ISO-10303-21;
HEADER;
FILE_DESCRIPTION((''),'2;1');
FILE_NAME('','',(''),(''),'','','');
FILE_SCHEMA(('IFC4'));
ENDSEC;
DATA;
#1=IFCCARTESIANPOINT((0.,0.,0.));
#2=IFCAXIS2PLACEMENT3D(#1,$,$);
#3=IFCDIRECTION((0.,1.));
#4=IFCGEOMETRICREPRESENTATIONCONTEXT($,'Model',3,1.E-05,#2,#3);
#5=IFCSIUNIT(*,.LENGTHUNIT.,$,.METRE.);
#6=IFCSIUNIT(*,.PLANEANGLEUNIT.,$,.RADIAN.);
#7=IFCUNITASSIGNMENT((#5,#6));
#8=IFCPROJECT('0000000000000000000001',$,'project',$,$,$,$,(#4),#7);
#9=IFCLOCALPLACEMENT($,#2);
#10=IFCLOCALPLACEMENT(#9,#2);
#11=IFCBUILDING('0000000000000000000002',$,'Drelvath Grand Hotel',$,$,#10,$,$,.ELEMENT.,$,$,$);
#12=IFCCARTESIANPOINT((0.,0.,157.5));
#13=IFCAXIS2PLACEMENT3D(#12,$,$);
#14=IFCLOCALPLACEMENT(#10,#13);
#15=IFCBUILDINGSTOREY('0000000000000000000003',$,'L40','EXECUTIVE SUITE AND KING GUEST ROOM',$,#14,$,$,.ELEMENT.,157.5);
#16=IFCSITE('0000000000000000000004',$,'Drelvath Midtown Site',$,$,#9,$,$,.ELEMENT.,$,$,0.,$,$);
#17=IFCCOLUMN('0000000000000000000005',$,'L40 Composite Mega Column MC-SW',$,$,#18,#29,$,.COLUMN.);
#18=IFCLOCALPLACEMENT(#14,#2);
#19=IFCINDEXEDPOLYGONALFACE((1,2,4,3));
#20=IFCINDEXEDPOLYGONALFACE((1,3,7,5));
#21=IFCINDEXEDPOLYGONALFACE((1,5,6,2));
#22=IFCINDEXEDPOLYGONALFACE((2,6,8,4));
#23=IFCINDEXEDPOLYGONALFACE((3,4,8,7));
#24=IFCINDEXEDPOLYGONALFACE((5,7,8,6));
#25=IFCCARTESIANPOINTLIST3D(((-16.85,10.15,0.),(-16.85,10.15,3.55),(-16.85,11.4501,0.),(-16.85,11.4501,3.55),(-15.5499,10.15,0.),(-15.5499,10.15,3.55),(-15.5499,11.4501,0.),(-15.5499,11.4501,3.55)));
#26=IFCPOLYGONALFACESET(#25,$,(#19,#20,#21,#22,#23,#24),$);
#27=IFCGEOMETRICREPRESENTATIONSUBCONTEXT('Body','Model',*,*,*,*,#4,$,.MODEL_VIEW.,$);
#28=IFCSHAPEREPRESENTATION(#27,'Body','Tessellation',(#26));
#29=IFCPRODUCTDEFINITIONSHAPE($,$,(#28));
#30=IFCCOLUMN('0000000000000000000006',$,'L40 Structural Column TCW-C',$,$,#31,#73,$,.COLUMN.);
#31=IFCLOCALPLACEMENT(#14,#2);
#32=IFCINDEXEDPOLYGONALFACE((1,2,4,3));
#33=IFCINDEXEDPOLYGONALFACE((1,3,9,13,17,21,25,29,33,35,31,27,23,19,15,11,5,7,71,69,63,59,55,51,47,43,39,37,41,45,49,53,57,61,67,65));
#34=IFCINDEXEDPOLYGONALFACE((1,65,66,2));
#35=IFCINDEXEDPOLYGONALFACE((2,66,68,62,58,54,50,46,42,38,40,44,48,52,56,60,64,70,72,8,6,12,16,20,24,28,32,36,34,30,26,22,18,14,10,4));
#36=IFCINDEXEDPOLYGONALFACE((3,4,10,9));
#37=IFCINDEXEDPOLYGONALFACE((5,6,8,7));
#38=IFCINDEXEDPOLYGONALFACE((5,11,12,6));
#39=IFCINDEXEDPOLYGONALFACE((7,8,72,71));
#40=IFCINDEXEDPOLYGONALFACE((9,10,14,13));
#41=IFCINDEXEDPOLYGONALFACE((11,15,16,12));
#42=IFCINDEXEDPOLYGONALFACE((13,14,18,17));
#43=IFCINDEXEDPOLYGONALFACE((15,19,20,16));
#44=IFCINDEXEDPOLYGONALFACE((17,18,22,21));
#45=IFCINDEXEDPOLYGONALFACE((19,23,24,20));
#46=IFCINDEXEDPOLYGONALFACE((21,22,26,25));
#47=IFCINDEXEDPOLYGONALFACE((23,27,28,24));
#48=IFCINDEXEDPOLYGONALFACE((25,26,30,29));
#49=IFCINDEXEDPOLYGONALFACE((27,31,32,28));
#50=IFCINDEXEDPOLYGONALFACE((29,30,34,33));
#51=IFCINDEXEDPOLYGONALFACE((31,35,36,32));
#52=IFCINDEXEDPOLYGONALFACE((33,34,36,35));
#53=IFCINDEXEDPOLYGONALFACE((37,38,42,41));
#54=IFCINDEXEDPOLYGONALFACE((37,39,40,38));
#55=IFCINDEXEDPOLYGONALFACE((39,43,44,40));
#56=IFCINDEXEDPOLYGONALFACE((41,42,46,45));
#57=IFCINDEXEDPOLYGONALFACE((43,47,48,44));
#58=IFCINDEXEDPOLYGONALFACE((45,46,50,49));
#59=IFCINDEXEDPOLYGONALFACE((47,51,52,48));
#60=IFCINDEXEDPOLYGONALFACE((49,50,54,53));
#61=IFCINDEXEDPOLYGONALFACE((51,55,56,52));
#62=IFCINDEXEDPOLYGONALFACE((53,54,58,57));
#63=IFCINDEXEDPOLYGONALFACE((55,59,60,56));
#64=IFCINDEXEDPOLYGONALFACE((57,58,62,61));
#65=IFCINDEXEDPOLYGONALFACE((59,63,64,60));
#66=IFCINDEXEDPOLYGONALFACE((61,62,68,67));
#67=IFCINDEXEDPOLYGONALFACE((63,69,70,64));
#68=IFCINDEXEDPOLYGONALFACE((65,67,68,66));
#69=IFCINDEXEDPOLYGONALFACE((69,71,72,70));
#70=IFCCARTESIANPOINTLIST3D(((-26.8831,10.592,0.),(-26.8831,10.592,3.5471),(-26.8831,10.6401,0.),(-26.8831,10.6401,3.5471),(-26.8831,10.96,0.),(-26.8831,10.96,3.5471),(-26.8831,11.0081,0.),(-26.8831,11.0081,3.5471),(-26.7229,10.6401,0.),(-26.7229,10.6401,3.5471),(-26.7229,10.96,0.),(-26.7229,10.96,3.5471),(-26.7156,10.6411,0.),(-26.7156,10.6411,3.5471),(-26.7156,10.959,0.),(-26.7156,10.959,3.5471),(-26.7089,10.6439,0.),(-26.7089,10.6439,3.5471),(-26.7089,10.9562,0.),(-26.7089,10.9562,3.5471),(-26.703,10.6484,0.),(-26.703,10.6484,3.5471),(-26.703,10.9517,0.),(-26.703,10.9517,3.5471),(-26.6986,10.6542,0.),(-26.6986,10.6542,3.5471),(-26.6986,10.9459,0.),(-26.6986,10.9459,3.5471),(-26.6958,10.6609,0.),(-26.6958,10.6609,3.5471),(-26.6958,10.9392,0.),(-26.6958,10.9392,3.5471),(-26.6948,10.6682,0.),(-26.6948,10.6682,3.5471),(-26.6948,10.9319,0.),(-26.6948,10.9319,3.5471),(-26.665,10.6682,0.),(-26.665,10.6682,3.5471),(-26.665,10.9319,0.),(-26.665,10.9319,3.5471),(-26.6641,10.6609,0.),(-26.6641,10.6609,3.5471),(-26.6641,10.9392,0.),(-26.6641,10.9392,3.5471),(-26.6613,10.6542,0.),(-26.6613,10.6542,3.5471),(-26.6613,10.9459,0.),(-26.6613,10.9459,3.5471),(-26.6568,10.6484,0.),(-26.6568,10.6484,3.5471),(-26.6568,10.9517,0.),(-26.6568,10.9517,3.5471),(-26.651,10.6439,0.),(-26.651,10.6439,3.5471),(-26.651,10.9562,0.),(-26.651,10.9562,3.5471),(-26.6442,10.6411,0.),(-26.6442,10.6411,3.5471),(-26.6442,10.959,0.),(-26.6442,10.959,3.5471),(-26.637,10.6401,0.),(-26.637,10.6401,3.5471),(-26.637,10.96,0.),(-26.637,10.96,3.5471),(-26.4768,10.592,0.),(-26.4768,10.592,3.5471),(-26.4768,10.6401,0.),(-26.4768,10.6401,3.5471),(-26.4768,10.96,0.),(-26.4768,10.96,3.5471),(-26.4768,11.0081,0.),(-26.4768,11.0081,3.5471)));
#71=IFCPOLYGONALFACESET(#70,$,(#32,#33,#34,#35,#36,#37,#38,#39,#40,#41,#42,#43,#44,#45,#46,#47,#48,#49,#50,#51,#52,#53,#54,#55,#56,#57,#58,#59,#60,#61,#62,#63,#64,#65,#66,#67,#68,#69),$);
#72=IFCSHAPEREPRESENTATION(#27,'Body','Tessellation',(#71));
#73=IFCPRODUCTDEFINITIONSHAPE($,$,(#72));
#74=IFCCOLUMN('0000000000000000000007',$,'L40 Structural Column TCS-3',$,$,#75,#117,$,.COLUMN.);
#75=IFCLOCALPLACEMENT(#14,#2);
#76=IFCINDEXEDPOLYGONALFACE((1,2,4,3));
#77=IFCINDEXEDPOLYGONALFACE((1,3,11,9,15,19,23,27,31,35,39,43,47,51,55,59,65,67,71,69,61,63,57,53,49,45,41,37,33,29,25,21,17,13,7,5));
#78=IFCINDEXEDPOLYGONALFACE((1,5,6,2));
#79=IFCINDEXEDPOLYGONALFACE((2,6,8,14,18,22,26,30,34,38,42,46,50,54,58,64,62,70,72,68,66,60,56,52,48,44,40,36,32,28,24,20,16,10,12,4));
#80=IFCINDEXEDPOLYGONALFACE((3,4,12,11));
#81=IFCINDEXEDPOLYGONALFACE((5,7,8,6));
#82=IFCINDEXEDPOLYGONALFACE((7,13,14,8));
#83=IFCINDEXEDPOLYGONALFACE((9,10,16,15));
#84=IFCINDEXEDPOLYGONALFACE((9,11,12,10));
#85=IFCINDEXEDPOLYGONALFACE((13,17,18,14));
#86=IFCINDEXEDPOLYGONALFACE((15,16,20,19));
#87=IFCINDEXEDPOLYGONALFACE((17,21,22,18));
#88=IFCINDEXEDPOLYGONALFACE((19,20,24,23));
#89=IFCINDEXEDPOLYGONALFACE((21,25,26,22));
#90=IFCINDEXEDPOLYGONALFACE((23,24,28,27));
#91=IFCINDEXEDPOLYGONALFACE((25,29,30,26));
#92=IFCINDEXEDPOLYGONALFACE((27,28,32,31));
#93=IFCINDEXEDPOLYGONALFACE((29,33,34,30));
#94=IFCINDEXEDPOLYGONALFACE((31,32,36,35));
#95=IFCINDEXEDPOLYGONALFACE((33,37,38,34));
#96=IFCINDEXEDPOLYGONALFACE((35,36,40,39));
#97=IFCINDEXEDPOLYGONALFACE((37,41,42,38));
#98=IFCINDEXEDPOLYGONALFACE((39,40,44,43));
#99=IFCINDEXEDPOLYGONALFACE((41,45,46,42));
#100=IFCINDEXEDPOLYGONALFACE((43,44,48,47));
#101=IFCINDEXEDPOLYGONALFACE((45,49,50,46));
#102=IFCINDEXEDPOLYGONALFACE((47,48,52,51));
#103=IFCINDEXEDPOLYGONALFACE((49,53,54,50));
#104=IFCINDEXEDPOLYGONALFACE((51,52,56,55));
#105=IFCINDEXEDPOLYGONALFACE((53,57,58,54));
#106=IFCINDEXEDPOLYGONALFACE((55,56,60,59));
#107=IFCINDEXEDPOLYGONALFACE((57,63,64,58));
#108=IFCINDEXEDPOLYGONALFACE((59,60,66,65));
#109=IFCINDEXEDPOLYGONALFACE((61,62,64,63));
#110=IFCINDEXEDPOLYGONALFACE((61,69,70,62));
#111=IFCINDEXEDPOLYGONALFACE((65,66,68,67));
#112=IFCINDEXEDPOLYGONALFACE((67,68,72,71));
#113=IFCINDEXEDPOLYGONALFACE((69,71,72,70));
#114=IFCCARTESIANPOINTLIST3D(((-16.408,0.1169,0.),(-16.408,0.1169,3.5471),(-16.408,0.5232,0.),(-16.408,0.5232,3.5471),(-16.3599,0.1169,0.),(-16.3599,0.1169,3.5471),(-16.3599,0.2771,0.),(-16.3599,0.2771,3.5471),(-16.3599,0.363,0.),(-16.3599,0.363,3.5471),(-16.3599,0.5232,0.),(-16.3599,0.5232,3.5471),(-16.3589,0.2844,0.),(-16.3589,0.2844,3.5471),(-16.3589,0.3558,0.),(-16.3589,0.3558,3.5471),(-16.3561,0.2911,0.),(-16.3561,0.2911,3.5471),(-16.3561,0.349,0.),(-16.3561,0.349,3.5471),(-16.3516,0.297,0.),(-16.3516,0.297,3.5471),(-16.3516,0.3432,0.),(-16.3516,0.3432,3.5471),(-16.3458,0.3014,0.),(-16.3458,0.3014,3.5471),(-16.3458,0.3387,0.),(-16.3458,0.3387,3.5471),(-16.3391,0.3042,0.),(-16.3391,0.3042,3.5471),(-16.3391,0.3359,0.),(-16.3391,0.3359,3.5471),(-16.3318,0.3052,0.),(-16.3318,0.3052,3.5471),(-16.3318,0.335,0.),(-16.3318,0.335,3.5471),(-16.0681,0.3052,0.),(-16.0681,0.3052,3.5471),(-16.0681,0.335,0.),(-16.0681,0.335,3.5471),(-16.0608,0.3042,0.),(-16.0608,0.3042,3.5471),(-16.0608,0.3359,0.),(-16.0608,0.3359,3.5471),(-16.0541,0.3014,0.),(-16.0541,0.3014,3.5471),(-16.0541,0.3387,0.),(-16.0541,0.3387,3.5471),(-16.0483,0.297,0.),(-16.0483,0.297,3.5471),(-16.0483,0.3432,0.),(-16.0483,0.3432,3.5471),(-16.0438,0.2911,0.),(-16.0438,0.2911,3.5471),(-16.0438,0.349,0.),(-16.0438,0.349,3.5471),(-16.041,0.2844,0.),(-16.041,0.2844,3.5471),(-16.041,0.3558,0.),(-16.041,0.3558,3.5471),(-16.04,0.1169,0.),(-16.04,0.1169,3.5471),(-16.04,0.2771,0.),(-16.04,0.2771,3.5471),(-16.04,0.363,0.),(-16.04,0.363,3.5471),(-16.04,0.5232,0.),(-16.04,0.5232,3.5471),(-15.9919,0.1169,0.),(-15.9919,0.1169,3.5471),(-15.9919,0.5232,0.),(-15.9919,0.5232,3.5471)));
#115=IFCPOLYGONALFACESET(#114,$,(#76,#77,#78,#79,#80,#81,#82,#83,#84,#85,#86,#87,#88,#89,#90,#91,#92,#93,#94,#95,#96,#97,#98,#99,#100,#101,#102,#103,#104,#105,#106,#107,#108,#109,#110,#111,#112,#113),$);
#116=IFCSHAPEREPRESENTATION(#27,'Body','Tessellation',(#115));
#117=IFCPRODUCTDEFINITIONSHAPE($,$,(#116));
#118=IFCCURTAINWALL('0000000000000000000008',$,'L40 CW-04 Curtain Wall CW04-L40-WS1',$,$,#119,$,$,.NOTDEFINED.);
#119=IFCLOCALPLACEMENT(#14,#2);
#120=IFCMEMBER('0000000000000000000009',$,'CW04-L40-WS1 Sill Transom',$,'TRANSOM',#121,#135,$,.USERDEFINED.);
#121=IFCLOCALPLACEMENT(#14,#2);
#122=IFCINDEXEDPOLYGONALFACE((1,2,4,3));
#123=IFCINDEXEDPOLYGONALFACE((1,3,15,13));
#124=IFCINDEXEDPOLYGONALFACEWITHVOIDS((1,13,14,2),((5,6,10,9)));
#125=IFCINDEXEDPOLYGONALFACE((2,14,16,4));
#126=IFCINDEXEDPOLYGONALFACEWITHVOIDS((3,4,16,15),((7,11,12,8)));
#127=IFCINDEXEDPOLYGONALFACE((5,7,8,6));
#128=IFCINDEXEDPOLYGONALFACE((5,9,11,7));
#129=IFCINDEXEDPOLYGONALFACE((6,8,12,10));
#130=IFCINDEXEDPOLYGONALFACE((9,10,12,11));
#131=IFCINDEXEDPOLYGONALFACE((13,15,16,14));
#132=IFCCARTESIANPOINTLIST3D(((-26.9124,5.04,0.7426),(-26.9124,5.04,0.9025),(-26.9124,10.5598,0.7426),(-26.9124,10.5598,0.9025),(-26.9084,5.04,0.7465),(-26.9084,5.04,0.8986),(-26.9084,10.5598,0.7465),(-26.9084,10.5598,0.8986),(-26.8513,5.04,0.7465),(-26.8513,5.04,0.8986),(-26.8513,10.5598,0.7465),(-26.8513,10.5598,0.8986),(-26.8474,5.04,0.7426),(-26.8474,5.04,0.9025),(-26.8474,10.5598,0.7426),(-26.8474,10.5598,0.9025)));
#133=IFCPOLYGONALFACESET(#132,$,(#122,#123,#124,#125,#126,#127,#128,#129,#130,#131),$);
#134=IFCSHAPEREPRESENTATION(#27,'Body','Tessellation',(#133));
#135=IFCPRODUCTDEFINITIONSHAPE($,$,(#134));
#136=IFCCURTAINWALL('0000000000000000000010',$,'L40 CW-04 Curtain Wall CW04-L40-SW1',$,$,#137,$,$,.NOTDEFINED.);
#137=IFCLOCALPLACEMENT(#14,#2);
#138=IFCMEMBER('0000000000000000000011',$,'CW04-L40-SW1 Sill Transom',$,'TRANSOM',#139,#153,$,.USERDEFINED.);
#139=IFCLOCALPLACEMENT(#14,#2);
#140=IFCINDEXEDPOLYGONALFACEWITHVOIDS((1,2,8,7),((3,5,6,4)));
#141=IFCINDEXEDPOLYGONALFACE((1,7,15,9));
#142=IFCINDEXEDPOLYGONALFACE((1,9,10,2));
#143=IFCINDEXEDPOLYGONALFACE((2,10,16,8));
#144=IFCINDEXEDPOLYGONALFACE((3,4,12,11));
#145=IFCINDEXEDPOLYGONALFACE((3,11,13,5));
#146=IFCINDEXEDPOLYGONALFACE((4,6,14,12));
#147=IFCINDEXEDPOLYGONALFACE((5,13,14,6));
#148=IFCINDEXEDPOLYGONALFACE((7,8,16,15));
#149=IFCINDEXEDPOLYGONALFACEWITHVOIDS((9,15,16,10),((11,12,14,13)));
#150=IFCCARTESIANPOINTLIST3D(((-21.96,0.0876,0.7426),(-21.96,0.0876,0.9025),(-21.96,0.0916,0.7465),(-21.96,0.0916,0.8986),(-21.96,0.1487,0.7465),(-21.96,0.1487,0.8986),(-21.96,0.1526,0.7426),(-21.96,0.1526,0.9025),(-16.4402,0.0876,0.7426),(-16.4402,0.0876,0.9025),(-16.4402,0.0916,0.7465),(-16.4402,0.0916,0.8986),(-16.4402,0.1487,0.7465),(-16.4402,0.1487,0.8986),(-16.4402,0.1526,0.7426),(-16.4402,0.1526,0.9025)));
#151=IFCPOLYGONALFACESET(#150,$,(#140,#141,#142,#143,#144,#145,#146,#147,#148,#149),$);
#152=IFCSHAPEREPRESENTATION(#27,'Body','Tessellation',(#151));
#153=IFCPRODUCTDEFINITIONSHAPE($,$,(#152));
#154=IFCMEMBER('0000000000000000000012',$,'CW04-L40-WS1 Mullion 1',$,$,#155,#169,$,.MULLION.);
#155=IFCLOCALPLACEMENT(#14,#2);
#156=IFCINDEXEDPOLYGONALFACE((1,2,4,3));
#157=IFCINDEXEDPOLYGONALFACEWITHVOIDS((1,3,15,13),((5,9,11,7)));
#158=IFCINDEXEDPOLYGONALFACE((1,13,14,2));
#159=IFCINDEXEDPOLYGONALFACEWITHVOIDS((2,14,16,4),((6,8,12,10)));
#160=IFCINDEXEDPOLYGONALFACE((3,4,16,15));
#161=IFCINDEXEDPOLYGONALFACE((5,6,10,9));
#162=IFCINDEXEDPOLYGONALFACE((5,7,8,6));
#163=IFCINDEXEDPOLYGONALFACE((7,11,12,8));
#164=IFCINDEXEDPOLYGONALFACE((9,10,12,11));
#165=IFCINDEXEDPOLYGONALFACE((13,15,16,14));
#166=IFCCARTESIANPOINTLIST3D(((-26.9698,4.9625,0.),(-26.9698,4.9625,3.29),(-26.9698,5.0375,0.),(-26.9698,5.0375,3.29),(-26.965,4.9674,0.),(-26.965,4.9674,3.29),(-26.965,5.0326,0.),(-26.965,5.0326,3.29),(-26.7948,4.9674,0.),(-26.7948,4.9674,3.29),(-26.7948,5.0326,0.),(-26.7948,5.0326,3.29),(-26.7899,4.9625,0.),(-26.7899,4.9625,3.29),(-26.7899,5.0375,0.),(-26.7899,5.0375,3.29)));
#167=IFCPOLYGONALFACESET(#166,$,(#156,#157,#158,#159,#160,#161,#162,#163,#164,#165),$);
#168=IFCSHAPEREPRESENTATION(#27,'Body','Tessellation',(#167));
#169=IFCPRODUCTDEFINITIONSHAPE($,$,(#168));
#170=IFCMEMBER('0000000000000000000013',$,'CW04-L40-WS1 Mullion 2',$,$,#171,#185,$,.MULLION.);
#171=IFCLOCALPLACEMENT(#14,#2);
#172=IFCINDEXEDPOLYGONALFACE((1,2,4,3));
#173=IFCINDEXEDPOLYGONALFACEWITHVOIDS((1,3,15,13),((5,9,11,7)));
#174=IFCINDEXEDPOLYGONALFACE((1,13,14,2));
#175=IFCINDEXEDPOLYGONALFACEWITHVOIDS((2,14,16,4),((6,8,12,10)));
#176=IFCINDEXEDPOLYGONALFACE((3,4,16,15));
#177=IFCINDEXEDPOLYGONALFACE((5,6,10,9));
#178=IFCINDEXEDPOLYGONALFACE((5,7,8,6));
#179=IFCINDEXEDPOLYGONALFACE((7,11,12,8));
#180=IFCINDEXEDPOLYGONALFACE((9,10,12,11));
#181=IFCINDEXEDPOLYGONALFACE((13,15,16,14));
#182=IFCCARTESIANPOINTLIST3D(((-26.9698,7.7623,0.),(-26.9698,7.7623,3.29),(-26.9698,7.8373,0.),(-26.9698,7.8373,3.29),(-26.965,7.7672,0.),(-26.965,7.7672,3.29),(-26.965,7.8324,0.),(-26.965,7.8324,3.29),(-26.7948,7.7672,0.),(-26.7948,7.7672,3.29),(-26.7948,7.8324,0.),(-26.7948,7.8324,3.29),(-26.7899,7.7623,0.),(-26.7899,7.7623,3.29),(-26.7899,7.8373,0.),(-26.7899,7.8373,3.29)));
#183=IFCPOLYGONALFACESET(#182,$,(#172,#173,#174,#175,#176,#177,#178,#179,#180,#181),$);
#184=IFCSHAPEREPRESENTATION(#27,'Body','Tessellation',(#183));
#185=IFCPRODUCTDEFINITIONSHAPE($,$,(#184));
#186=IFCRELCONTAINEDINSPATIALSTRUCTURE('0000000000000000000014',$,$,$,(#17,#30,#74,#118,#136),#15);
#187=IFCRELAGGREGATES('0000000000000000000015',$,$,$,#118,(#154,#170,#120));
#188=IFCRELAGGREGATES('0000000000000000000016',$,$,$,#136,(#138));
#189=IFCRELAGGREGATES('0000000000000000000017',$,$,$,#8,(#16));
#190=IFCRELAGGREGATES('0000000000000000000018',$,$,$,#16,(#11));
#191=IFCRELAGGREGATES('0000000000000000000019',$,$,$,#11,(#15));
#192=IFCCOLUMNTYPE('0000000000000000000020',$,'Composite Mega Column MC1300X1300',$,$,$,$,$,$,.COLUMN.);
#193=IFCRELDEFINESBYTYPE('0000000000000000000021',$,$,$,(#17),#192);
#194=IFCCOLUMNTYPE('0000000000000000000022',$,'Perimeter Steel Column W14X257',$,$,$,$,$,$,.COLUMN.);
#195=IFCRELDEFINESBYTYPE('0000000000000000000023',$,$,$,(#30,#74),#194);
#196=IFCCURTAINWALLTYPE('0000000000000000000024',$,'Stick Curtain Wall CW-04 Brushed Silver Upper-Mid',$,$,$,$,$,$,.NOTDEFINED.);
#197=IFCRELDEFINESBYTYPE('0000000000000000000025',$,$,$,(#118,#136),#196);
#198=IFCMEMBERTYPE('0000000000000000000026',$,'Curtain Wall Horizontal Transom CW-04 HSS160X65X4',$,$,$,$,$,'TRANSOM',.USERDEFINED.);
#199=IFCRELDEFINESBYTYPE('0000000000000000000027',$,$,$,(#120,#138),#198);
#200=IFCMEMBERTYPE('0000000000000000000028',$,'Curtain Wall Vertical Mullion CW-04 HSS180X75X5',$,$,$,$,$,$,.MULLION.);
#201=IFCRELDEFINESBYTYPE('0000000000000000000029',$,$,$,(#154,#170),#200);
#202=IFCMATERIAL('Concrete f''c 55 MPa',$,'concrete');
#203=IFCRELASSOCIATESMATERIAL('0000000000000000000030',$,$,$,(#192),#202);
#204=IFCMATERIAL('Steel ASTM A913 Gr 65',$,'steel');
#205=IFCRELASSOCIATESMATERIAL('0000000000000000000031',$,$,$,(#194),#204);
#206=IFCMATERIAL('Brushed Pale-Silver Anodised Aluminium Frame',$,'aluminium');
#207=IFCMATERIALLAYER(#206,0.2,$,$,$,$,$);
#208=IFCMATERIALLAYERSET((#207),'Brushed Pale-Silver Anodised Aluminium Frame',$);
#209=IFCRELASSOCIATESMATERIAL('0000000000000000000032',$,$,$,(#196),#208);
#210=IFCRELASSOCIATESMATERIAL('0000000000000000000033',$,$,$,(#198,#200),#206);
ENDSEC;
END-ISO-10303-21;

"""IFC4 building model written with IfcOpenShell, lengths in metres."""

from ifc_helpers import new_model, si_unit, direction, frame, origin, origin_2d, place, context, subcontext, project, spatial, rectangle, hollow_rectangle, i_section, extrude, material, layer, layer_set, material_profile, profile_set, type_object, element, aggregate, save


model = new_model("IFC4")

# Units and contexts
model_context = context("Model", 3, precision=1e-05, world=origin(), true_north=direction((0.0, 1.0)))
body_context = subcontext(model_context, "Body", "Model", "MODEL_VIEW")
ifc_project = project(units=[si_unit("LENGTHUNIT", "METRE"), si_unit("PLANEANGLEUNIT", "RADIAN")], contexts=[model_context])

# Site, building, storey
site_placement = place(None, origin())
site = spatial("IfcSite", under=ifc_project, at=site_placement, Name="Drelvath Midtown Site", CompositionType="ELEMENT", RefElevation=0.0)
building_placement = place(site_placement, origin())
building = spatial("IfcBuilding", under=site, at=building_placement, Name="Drelvath Grand Hotel", CompositionType="ELEMENT")
storey_placement = place(building_placement, frame((0.0, 0.0, 157.5)))
storey = spatial("IfcBuildingStorey", under=building, at=storey_placement, Name="L40", Description="EXECUTIVE SUITE AND KING GUEST ROOM", CompositionType="ELEMENT", Elevation=157.5)

# Columns
ifc_material_1 = material(Name="Concrete f'c 55 MPa", Category="concrete")
ifc_material_profile_1 = material_profile(ifc_material_1, rectangle(XDim=1.3, YDim=1.3, at=origin_2d()), Name="MC1300X1300")
ifc_profile_set_1 = profile_set([ifc_material_profile_1], Name="Concrete f'c 55 MPa")
column_type_1 = type_object("IfcColumnType", Name="Composite Mega Column MC1300X1300", PredefinedType="COLUMN", material=ifc_profile_set_1)
column_placement = place(storey_placement, frame((-16.2, 10.8, 0.0), z_axis=(0.0, 0.0, 1.0), x_axis=(1.0, 0.0, 0.0)))
element("IfcColumn", 1, at=column_placement, inside=storey, type_object=column_type_1, Name="L40 Composite Mega Column MC-SW", PredefinedType="COLUMN", context=body_context, shape_type="SweptSolid", body=[
    extrude(rectangle(XDim=1.3, YDim=1.3, at=origin_2d()), origin(), (0.0, 0.0, 1.0), 3.55),
])
ifc_material_2 = material(Name="Steel ASTM A913 Gr 65", Category="steel")
ifc_material_profile_2 = material_profile(ifc_material_2, i_section(OverallWidth=0.4062, OverallDepth=0.416, WebThickness=0.0298, FlangeThickness=0.0481, FilletRadius=0.0281, at=origin_2d()), Name="W14X257")
ifc_profile_set_2 = profile_set([ifc_material_profile_2], Name="Steel ASTM A913 Gr 65")
column_type_2 = type_object("IfcColumnType", Name="Perimeter Steel Column W14X257", PredefinedType="COLUMN", material=ifc_profile_set_2)
for number, where, z_axis, x_axis, name in (
    (2, (-26.6799, 10.8, 0.0), (0.0, 0.0, 1.0), (1.0, 0.0, 0.0), "L40 Structural Column TCW-C"),
    (3, (-16.2, 0.3201, 0.0), (0.0, 0.0, 1.0), (0.0, 1.0, 0.0), "L40 Structural Column TCS-3"),
):
    element("IfcColumn", number, at=place(storey_placement, frame(where, z_axis=z_axis, x_axis=x_axis)), inside=storey, type_object=column_type_2, Name=name, PredefinedType="COLUMN", context=body_context, shape_type="SweptSolid", body=[
        extrude(i_section(OverallWidth=0.4062, OverallDepth=0.416, WebThickness=0.0298, FlangeThickness=0.0481, FilletRadius=0.0281, at=origin_2d()), origin(), (0.0, 0.0, 1.0), 3.5471),
    ])

# Curtain walls, members
ifc_material_3 = material(Name="Brushed Pale-Silver Anodised Aluminium Frame", Category="aluminium")
ifc_layer_1 = layer(ifc_material_3, 0.2)
ifc_layer_set_1 = layer_set([ifc_layer_1], Name="Brushed Pale-Silver Anodised Aluminium Frame")
curtain_wall_type = type_object("IfcCurtainWallType", Name="Stick Curtain Wall CW-04 Brushed Silver Upper-Mid", PredefinedType="NOTDEFINED", material=ifc_layer_set_1)
curtain_wall_1_placement = place(storey_placement, origin())
curtain_wall_1 = element("IfcCurtainWall", 4, at=curtain_wall_1_placement, inside=storey, type_object=curtain_wall_type, Name="L40 CW-04 Curtain Wall CW04-L40-WS1", PredefinedType="NOTDEFINED")
ifc_material_profile_3 = material_profile(ifc_material_3, hollow_rectangle(XDim=0.0649, YDim=0.1599, WallThickness=0.0039, at=origin_2d()), Name="HSS160X65X4")
ifc_profile_set_3 = profile_set([ifc_material_profile_3], Name="Brushed Pale-Silver Anodised Aluminium Frame")
member_type_1 = type_object("IfcMemberType", Name="Curtain Wall Horizontal Transom CW-04 HSS160X65X4", ElementType="TRANSOM", PredefinedType="USERDEFINED", material=ifc_profile_set_3)
member_1_placement = place(storey_placement, frame((-26.8799, 5.04, 0.8225), z_axis=(0.0, 1.0, 0.0), x_axis=(-1.0, 0.0, 0.0)))
member_1 = element("IfcMember", 5, at=member_1_placement, type_object=member_type_1, Name="CW04-L40-WS1 Sill Transom", ObjectType="TRANSOM", PredefinedType="USERDEFINED", context=body_context, shape_type="SweptSolid", body=[
    extrude(hollow_rectangle(XDim=0.0649, YDim=0.1599, WallThickness=0.0039, at=origin_2d()), origin(), (0.0, 0.0, 1.0), 5.5198),
])
curtain_wall_2_placement = place(storey_placement, origin())
curtain_wall_2 = element("IfcCurtainWall", 6, at=curtain_wall_2_placement, inside=storey, type_object=curtain_wall_type, Name="L40 CW-04 Curtain Wall CW04-L40-SW1", PredefinedType="NOTDEFINED")
member_2_placement = place(storey_placement, frame((-16.4402, 0.1201, 0.8225), z_axis=(-1.0, 0.0, 0.0), x_axis=(0.0, -1.0, 0.0)))
member_2 = element("IfcMember", 7, at=member_2_placement, type_object=member_type_1, Name="CW04-L40-SW1 Sill Transom", ObjectType="TRANSOM", PredefinedType="USERDEFINED", context=body_context, shape_type="SweptSolid", body=[
    extrude(hollow_rectangle(XDim=0.0649, YDim=0.1599, WallThickness=0.0039, at=origin_2d()), origin(), (0.0, 0.0, 1.0), 5.5198),
])

# Members
ifc_material_profile_4 = material_profile(ifc_material_3, hollow_rectangle(XDim=0.075, YDim=0.1799, WallThickness=0.0049, at=origin_2d()), Name="HSS180X75X5")
ifc_profile_set_4 = profile_set([ifc_material_profile_4], Name="Brushed Pale-Silver Anodised Aluminium Frame")
member_type_2 = type_object("IfcMemberType", Name="Curtain Wall Vertical Mullion CW-04 HSS180X75X5", PredefinedType="MULLION", material=ifc_profile_set_4)
member_3_placement = place(storey_placement, frame((-26.8799, 5.0, 0.0), z_axis=(0.0, 0.0, 1.0), x_axis=(0.0, 1.0, 0.0)))
member_3 = element("IfcMember", 8, at=member_3_placement, type_object=member_type_2, Name="CW04-L40-WS1 Mullion 1", PredefinedType="MULLION", context=body_context, shape_type="SweptSolid", body=[
    extrude(hollow_rectangle(XDim=0.075, YDim=0.1799, WallThickness=0.0049, at=origin_2d()), origin(), (0.0, 0.0, 1.0), 3.29),
])
member_4_placement = place(storey_placement, frame((-26.8799, 7.7998, 0.0), z_axis=(0.0, 0.0, 1.0), x_axis=(0.0, 1.0, 0.0)))
member_4 = element("IfcMember", 9, at=member_4_placement, type_object=member_type_2, Name="CW04-L40-WS1 Mullion 2", PredefinedType="MULLION", context=body_context, shape_type="SweptSolid", body=[
    extrude(hollow_rectangle(XDim=0.075, YDim=0.1799, WallThickness=0.0049, at=origin_2d()), origin(), (0.0, 0.0, 1.0), 3.29),
])

aggregate(curtain_wall_1, [member_3, member_4, member_1])
aggregate(curtain_wall_2, [member_2])

save(model, "model.ifc")
